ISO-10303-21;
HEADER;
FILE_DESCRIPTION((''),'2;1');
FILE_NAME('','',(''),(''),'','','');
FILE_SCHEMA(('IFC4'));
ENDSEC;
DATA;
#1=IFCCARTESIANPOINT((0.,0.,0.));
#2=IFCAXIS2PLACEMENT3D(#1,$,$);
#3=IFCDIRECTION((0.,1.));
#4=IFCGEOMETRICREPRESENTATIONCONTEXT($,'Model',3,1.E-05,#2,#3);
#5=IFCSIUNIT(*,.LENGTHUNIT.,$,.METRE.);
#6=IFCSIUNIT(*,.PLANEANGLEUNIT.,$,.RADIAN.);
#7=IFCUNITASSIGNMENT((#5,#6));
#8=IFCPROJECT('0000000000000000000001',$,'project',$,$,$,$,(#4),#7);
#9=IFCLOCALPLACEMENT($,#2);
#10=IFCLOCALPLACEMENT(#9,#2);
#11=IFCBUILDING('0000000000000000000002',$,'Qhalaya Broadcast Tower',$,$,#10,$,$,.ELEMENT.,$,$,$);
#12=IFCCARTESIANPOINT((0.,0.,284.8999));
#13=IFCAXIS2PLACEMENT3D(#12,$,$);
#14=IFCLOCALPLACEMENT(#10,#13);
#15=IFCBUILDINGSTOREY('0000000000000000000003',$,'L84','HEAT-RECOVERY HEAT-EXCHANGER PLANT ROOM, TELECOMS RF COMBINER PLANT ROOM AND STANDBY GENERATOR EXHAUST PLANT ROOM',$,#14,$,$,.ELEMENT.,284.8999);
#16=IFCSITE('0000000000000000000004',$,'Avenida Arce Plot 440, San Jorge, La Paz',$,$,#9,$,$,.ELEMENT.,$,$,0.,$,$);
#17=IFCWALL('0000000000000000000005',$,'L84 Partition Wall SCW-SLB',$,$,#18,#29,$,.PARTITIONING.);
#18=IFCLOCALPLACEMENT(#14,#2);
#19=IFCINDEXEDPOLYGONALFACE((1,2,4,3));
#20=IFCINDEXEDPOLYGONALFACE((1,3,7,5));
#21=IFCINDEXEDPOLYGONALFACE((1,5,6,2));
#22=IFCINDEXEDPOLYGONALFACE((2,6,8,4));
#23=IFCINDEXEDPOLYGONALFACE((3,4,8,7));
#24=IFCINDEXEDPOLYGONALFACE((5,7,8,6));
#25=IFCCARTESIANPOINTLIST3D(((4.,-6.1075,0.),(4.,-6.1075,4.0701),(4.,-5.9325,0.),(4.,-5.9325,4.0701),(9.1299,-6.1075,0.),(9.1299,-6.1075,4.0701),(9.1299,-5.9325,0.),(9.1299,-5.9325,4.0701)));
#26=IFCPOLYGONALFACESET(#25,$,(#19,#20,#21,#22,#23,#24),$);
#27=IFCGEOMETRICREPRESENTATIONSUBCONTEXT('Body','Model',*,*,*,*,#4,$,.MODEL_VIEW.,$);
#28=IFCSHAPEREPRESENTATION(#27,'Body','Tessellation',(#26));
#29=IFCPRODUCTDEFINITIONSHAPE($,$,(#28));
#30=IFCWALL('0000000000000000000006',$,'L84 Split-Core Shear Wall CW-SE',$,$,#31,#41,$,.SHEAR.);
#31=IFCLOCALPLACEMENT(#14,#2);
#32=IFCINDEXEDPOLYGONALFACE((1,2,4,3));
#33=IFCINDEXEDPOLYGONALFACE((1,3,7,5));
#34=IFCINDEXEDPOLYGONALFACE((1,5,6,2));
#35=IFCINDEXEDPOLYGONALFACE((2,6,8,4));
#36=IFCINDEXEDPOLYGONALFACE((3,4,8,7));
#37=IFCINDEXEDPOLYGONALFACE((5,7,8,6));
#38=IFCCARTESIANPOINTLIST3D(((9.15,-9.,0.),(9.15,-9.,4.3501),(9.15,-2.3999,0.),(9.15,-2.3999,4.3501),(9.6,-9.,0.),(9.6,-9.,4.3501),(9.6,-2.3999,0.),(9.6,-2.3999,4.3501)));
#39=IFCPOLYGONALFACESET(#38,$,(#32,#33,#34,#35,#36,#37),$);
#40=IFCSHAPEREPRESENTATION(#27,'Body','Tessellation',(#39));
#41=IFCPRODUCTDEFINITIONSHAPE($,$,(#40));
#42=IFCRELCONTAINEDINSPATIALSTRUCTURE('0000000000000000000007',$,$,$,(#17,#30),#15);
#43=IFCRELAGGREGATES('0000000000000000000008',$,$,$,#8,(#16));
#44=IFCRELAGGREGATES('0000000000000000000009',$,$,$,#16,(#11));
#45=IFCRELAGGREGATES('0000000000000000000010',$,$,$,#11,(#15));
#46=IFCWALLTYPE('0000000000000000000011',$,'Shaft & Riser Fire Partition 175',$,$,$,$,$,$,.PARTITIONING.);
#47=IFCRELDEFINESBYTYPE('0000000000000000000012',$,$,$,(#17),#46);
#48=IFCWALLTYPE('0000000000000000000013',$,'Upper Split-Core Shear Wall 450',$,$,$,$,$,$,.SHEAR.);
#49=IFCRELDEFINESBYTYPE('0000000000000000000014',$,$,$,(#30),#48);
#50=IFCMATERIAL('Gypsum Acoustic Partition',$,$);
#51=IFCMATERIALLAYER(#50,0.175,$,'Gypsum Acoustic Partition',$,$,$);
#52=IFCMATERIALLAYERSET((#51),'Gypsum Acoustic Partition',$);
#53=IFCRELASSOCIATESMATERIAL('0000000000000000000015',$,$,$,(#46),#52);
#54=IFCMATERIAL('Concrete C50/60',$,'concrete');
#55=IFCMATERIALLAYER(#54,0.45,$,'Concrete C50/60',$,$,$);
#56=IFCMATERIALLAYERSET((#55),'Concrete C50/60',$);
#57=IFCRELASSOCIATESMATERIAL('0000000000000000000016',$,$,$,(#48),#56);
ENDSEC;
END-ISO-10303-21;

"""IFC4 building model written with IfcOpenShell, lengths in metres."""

from ifc_helpers import new_model, si_unit, direction, frame, frame_2d, origin, place, context, subcontext, project, spatial, rectangle, extrude, material, layer, layer_set, type_object, element, save


model = new_model("IFC4")

# Units and contexts
model_context = context("Model", 3, precision=1e-05, world=origin(), true_north=direction((0.0, 1.0)))
body_context = subcontext(model_context, "Body", "Model", "MODEL_VIEW")
ifc_project = project(units=[si_unit("LENGTHUNIT", "METRE"), si_unit("PLANEANGLEUNIT", "RADIAN")], contexts=[model_context])

# Site, building, storey
site_placement = place(None, origin())
site = spatial("IfcSite", under=ifc_project, at=site_placement, Name="Avenida Arce Plot 440, San Jorge, La Paz", CompositionType="ELEMENT", RefElevation=0.0)
building_placement = place(site_placement, origin())
building = spatial("IfcBuilding", under=site, at=building_placement, Name="Qhalaya Broadcast Tower", CompositionType="ELEMENT")
storey_placement = place(building_placement, frame((0.0, 0.0, 284.8999)))
storey = spatial("IfcBuildingStorey", under=building, at=storey_placement, Name="L84", Description="HEAT-RECOVERY HEAT-EXCHANGER PLANT ROOM, TELECOMS RF COMBINER PLANT ROOM AND STANDBY GENERATOR EXHAUST PLANT ROOM", CompositionType="ELEMENT", Elevation=284.8999)

# Shared definitions
ifc_material_1 = material(Name="Concrete C50/60", Category="concrete")

# Shared definitions
ifc_material_2 = material(Name="Gypsum Acoustic Partition")

# Walls
ifc_layer_1 = layer(ifc_material_2, 0.175, Name="Gypsum Acoustic Partition")
ifc_layer_set_1 = layer_set([ifc_layer_1], Name="Gypsum Acoustic Partition")
wall_type_1 = type_object("IfcWallType", Name="Shaft & Riser Fire Partition 175", PredefinedType="PARTITIONING", material=ifc_layer_set_1)
wall_1_placement = place(storey_placement, frame((4.0, -6.02, 0.0), z_axis=(0.0, 0.0, 1.0), x_axis=(1.0, 0.0, 0.0)))
element("IfcWall", 1, at=wall_1_placement, inside=storey, type_object=wall_type_1, Name="L84 Partition Wall SCW-SLB", PredefinedType="PARTITIONING", context=body_context, shape_type="SweptSolid", body=[
    extrude(rectangle(XDim=5.1299, YDim=0.175, at=frame_2d((2.5649, 0.0))), origin(), (0.0, 0.0, 1.0), 4.0701),
])
ifc_layer_2 = layer(ifc_material_1, 0.45, Name="Concrete C50/60")
ifc_layer_set_2 = layer_set([ifc_layer_2], Name="Concrete C50/60")
wall_type_2 = type_object("IfcWallType", Name="Upper Split-Core Shear Wall 450", PredefinedType="SHEAR", material=ifc_layer_set_2)
wall_2_placement = place(storey_placement, frame((9.375, -9.0, 0.0), z_axis=(0.0, 0.0, 1.0), x_axis=(0.0, 1.0, 0.0)))
element("IfcWall", 2, at=wall_2_placement, inside=storey, type_object=wall_type_2, Name="L84 Split-Core Shear Wall CW-SE", PredefinedType="SHEAR", context=body_context, shape_type="SweptSolid", body=[
    extrude(rectangle(XDim=6.6001, YDim=0.45, at=frame_2d((3.3, 0.0))), origin(), (0.0, 0.0, 1.0), 4.3501),
])

save(model, "model.ifc")
